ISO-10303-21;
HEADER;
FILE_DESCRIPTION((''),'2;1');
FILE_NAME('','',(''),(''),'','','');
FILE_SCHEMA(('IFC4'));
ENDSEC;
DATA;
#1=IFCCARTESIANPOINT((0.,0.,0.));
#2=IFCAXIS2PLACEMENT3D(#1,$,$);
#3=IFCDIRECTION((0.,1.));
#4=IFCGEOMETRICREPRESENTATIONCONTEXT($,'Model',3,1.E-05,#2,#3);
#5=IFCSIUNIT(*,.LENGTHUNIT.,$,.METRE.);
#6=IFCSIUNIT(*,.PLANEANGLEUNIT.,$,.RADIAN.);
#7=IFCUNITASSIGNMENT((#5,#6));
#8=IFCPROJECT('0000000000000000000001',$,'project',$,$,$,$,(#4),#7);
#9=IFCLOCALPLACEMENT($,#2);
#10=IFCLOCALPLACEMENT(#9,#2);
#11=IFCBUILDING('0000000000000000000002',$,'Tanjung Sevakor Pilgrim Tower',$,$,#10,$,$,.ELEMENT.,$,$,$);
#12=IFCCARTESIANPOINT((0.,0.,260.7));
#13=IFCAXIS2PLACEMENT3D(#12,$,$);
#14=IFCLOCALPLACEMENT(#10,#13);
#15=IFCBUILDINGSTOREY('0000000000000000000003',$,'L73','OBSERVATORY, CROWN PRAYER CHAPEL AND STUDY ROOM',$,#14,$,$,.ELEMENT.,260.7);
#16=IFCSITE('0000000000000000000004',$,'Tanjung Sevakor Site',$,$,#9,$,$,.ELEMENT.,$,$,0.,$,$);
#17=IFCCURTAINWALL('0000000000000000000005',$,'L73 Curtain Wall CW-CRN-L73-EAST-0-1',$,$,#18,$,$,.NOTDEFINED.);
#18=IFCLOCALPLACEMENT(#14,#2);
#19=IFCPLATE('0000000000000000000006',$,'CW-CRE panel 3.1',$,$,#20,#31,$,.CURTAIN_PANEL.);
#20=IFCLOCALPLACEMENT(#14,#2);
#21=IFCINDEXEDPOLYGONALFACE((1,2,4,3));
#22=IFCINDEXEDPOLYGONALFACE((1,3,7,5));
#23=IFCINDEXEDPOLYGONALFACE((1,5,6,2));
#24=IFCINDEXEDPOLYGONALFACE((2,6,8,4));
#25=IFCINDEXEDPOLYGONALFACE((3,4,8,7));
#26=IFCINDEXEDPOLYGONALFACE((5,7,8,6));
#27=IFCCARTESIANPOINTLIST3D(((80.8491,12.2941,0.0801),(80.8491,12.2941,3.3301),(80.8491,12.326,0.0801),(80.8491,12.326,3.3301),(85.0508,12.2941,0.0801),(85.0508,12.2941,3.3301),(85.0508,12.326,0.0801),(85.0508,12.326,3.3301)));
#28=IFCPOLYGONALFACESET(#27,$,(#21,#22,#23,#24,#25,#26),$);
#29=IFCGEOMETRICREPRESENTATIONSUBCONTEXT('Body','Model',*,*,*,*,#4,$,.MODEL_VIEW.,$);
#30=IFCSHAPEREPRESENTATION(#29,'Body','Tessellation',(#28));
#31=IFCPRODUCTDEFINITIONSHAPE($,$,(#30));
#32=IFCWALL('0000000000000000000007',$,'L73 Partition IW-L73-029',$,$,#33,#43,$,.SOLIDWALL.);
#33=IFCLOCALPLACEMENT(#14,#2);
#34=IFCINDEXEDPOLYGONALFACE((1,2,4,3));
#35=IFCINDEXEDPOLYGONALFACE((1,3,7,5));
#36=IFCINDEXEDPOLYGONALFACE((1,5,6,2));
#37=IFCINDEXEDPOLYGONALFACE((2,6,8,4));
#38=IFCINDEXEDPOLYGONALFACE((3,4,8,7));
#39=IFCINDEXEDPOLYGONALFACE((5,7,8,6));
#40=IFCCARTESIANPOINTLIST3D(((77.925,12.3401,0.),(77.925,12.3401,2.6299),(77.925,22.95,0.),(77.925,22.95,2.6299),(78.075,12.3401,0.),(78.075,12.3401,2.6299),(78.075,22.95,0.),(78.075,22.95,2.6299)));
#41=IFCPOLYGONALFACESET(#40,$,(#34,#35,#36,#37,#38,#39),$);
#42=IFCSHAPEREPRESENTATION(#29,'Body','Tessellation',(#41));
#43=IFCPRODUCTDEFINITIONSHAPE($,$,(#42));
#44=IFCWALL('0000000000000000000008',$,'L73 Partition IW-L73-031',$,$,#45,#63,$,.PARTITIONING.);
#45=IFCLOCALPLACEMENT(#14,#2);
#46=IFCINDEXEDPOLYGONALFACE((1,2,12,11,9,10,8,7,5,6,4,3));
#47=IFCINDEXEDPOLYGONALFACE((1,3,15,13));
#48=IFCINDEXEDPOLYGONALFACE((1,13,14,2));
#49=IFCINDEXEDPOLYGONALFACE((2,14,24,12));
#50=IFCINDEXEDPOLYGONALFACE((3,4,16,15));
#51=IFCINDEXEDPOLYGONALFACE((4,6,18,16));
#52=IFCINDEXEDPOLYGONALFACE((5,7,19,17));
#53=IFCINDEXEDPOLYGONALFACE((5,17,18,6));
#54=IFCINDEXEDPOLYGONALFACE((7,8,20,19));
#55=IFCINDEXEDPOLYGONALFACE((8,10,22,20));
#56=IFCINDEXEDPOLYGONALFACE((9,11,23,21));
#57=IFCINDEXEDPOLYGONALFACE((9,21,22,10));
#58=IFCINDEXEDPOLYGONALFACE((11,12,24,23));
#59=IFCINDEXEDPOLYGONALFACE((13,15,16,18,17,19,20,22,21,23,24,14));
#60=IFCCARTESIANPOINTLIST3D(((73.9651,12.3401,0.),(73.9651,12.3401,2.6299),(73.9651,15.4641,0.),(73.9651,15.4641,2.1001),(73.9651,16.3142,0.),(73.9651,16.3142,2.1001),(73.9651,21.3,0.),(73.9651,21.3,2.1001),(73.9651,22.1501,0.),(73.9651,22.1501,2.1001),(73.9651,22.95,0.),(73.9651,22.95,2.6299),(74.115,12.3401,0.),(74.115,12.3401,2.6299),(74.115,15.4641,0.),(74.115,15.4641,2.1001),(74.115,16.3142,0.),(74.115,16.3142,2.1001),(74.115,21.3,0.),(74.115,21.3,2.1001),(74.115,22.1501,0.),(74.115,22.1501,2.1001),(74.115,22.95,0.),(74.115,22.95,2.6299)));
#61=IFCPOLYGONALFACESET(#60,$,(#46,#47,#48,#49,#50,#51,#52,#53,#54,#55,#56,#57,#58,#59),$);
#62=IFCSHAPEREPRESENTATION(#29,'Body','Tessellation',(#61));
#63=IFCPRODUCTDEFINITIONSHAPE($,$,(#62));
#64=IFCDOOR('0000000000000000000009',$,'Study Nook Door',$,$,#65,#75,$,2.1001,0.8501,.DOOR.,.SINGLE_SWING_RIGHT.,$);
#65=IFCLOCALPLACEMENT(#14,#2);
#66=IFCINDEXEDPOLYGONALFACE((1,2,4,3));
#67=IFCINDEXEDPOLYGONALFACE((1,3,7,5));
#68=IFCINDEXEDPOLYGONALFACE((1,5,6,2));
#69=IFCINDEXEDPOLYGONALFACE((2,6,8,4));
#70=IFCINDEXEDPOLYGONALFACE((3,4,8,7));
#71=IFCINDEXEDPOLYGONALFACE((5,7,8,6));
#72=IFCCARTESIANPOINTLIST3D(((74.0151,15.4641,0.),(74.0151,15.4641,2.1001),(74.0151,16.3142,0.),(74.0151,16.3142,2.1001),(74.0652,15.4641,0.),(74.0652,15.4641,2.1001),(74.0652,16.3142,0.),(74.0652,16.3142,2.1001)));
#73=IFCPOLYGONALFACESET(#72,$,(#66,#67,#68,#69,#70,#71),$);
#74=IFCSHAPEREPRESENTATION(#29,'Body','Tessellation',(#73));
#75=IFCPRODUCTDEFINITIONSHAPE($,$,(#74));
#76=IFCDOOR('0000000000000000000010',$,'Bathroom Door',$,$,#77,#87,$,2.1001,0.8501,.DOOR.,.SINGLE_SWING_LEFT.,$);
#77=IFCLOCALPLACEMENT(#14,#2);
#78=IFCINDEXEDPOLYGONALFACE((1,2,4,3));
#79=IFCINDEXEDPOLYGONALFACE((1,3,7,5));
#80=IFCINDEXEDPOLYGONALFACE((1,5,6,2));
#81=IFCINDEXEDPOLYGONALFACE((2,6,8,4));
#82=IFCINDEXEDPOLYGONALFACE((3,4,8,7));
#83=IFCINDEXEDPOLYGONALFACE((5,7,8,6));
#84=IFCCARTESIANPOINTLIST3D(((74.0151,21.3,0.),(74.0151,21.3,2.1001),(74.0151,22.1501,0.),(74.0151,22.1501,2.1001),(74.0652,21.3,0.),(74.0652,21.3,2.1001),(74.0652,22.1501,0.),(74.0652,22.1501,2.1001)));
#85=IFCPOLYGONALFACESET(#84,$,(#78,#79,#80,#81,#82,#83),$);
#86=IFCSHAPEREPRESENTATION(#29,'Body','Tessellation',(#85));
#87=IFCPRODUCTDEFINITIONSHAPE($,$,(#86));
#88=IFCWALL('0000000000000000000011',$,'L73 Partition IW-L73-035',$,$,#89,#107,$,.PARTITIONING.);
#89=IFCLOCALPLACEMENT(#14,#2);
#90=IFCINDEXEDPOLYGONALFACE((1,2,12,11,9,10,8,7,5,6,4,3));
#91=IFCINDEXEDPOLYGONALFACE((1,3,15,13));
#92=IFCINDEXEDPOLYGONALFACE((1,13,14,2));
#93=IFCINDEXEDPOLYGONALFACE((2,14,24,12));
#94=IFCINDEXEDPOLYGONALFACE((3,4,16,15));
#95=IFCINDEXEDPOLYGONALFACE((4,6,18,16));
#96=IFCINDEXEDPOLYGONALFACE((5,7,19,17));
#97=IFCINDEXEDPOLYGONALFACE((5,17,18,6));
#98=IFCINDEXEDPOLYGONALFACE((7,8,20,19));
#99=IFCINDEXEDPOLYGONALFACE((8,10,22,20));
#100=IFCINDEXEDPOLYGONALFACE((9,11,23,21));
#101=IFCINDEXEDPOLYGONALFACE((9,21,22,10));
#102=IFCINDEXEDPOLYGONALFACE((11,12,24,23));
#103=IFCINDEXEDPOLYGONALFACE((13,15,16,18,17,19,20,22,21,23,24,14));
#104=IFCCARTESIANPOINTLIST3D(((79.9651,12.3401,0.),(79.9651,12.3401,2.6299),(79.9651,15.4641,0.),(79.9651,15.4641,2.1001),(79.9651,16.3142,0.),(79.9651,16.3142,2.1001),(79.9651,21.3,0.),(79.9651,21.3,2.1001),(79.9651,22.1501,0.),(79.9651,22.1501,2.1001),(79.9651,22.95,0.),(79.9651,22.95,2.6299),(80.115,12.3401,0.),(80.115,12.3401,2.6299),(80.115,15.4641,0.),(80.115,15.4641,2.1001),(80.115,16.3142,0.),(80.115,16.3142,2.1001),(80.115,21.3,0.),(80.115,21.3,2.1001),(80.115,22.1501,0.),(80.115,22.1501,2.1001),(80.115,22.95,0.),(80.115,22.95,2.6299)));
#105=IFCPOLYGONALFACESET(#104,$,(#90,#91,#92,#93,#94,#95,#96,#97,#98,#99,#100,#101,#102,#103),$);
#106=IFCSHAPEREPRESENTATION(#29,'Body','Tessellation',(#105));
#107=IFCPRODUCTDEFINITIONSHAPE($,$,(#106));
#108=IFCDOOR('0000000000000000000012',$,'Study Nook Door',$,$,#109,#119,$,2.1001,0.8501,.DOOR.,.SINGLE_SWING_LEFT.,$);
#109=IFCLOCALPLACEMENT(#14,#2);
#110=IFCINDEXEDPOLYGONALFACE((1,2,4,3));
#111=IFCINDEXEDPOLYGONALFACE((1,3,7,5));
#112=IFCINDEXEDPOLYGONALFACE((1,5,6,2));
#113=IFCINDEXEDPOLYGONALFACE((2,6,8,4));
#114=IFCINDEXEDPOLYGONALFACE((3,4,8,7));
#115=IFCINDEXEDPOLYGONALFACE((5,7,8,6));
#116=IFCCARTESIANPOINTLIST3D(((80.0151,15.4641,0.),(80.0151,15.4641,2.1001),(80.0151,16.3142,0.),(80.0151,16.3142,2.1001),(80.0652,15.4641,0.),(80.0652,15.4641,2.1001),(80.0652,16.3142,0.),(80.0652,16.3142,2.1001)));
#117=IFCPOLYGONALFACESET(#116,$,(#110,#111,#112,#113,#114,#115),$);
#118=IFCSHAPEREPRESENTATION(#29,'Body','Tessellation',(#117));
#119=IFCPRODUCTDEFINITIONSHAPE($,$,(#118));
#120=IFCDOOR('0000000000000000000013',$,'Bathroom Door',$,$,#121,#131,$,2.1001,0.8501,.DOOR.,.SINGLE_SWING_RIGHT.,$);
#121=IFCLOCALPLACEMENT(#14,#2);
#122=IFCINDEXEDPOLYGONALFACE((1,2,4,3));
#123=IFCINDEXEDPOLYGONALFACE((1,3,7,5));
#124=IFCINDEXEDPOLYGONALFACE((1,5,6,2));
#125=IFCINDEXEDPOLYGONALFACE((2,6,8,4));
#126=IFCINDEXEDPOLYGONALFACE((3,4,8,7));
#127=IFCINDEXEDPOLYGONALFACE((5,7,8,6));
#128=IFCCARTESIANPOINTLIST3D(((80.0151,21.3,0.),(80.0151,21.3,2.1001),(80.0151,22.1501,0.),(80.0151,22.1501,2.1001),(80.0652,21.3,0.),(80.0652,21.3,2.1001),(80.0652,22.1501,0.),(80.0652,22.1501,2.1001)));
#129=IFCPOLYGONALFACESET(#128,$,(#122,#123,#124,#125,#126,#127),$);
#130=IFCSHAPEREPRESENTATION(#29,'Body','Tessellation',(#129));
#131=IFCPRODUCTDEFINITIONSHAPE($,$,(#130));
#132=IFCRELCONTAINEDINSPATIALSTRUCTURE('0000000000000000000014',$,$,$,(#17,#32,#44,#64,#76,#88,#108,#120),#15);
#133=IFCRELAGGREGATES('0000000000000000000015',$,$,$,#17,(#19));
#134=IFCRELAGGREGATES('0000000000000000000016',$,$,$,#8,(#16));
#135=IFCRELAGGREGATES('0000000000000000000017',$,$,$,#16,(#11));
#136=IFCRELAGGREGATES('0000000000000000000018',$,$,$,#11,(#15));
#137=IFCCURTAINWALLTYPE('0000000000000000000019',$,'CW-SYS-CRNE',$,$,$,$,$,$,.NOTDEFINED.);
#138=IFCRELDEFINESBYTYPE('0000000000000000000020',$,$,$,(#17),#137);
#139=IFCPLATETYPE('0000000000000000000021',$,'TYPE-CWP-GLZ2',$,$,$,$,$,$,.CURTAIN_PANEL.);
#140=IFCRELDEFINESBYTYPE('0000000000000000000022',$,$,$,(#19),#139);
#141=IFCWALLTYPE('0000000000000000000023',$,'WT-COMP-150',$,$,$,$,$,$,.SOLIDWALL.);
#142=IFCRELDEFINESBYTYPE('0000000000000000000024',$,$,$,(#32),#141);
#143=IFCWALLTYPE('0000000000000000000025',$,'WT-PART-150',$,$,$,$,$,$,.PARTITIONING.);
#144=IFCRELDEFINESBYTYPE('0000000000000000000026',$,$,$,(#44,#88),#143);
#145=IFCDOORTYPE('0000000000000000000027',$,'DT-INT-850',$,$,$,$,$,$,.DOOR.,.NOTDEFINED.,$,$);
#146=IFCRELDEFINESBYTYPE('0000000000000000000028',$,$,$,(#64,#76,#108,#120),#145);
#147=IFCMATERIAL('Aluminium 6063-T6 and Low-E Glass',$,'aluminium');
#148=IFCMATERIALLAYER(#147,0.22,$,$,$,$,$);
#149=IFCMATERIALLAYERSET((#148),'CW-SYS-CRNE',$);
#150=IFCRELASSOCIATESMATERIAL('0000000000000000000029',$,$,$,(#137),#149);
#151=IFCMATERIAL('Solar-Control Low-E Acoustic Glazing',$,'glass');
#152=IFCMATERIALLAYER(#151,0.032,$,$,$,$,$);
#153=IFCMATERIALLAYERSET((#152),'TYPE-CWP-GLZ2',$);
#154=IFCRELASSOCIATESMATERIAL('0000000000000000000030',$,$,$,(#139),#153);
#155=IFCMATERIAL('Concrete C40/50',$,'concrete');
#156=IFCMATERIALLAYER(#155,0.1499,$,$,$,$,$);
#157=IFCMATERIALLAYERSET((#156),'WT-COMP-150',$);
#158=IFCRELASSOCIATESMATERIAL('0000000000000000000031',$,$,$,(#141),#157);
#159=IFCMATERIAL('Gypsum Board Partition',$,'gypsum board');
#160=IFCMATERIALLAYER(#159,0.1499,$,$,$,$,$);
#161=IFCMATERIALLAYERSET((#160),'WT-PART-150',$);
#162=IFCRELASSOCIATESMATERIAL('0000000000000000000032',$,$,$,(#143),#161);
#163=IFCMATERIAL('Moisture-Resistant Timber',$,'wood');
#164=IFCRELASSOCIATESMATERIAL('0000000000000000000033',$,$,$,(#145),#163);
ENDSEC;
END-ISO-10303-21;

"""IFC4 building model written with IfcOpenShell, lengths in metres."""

from ifc_helpers import new_model, si_unit, direction, frame, frame_2d, origin, origin_2d, place, context, subcontext, project, spatial, rectangle, extrude, material, layer, layer_set, type_object, element, fill, aggregate, save


model = new_model("IFC4")

# Units and contexts
model_context = context("Model", 3, precision=1e-05, world=origin(), true_north=direction((0.0, 1.0)))
body_context = subcontext(model_context, "Body", "Model", "MODEL_VIEW")
ifc_project = project(units=[si_unit("LENGTHUNIT", "METRE"), si_unit("PLANEANGLEUNIT", "RADIAN")], contexts=[model_context])

# Site, building, storey
site_placement = place(None, origin())
site = spatial("IfcSite", under=ifc_project, at=site_placement, Name="Tanjung Sevakor Site", CompositionType="ELEMENT", RefElevation=0.0)
building_placement = place(site_placement, origin())
building = spatial("IfcBuilding", under=site, at=building_placement, Name="Tanjung Sevakor Pilgrim Tower", CompositionType="ELEMENT")
storey_placement = place(building_placement, frame((0.0, 0.0, 260.7)))
storey = spatial("IfcBuildingStorey", under=building, at=storey_placement, Name="L73", Description="OBSERVATORY, CROWN PRAYER CHAPEL AND STUDY ROOM", CompositionType="ELEMENT", Elevation=260.7)

# Curtain wall, plate
ifc_material_1 = material(Name="Aluminium 6063-T6 and Low-E Glass", Category="aluminium")
ifc_layer_1 = layer(ifc_material_1, 0.22)
ifc_layer_set_1 = layer_set([ifc_layer_1], Name="CW-SYS-CRNE")
curtain_wall_type = type_object("IfcCurtainWallType", Name="CW-SYS-CRNE", PredefinedType="NOTDEFINED", material=ifc_layer_set_1)
curtain_wall_placement = place(storey_placement, origin())
curtain_wall = element("IfcCurtainWall", 1, at=curtain_wall_placement, inside=storey, type_object=curtain_wall_type, Name="L73 Curtain Wall CW-CRN-L73-EAST-0-1", PredefinedType="NOTDEFINED")
ifc_material_2 = material(Name="Solar-Control Low-E Acoustic Glazing", Category="glass")
ifc_layer_2 = layer(ifc_material_2, 0.032)
ifc_layer_set_2 = layer_set([ifc_layer_2], Name="TYPE-CWP-GLZ2")
plate_type = type_object("IfcPlateType", Name="TYPE-CWP-GLZ2", PredefinedType="CURTAIN_PANEL", material=ifc_layer_set_2)
plate_1_placement = place(storey_placement, frame((82.95, 12.3101, 0.0801), z_axis=(0.0, 0.0, 1.0), x_axis=(1.0, 0.0, 0.0)))
plate_1 = element("IfcPlate", 2, at=plate_1_placement, type_object=plate_type, Name="CW-CRE panel 3.1", PredefinedType="CURTAIN_PANEL", context=body_context, shape_type="SweptSolid", body=[
    extrude(rectangle(XDim=4.2017, YDim=0.032, at=origin_2d()), origin(), (0.0, 0.0, 1.0), 3.25),
])
aggregate(curtain_wall, [plate_1])

# Wall
ifc_material_3 = material(Name="Concrete C40/50", Category="concrete")
ifc_layer_3 = layer(ifc_material_3, 0.1499)
ifc_layer_set_3 = layer_set([ifc_layer_3], Name="WT-COMP-150")
wall_type_1 = type_object("IfcWallType", Name="WT-COMP-150", PredefinedType="SOLIDWALL", material=ifc_layer_set_3)
wall_1_placement = place(storey_placement, frame((78.0, 12.3401, 0.0), z_axis=(0.0, 0.0, 1.0), x_axis=(0.0, 1.0, 0.0)))
element("IfcWall", 3, at=wall_1_placement, inside=storey, type_object=wall_type_1, Name="L73 Partition IW-L73-029", PredefinedType="SOLIDWALL", context=body_context, shape_type="SweptSolid", body=[
    extrude(rectangle(XDim=10.6099, YDim=0.1499, at=frame_2d((5.3049, 0.0))), origin(), (0.0, 0.0, 1.0), 2.6299),
])

# Walls, openings, doors
ifc_material_4 = material(Name="Gypsum Board Partition", Category="gypsum board")
ifc_layer_4 = layer(ifc_material_4, 0.1499)
ifc_layer_set_4 = layer_set([ifc_layer_4], Name="WT-PART-150")
wall_type_2 = type_object("IfcWallType", Name="WT-PART-150", PredefinedType="PARTITIONING", material=ifc_layer_set_4)
wall_2_placement = place(storey_placement, frame((74.04, 12.3401, 0.0), z_axis=(0.0, 0.0, 1.0), x_axis=(0.0, 1.0, 0.0)))
wall_2 = element("IfcWall", 4, at=wall_2_placement, inside=storey, type_object=wall_type_2, Name="L73 Partition IW-L73-031", PredefinedType="PARTITIONING", context=body_context, shape_type="SweptSolid", body=[
    extrude(rectangle(XDim=10.6099, YDim=0.1499, at=frame_2d((5.3049, 0.0))), origin(), (0.0, 0.0, 1.0), 2.6299),
])
opening_1_placement = place(wall_2_placement, frame((3.124, 0.0, 0.0)))
opening_1 = element("IfcOpeningElement", 5, at=opening_1_placement, cuts=wall_2, PredefinedType="OPENING", context=body_context, shape_type="SweptSolid", body=[
    extrude(rectangle(XDim=0.8501, YDim=2.1001, at=frame_2d((0.425, 1.05))), frame((0.0, 0.085, 0.0), z_axis=(0.0, -1.0, 0.0), x_axis=(1.0, 0.0, 0.0)), (0.0, 0.0, 1.0), 0.1699),
])
opening_2_placement = place(wall_2_placement, frame((8.96, 0.0, 0.0)))
opening_2 = element("IfcOpeningElement", 6, at=opening_2_placement, cuts=wall_2, PredefinedType="OPENING", context=body_context, shape_type="SweptSolid", body=[
    extrude(rectangle(XDim=0.8501, YDim=2.1001, at=frame_2d((0.425, 1.05))), frame((0.0, 0.085, 0.0), z_axis=(0.0, -1.0, 0.0), x_axis=(1.0, 0.0, 0.0)), (0.0, 0.0, 1.0), 0.1699),
])
ifc_material_5 = material(Name="Moisture-Resistant Timber", Category="wood")
door_type = type_object("IfcDoorType", Name="DT-INT-850", OperationType="NOTDEFINED", PredefinedType="DOOR", material=ifc_material_5)
door_1_placement = place(opening_1_placement, origin())
door_1 = element("IfcDoor", 7, at=door_1_placement, inside=storey, type_object=door_type, Name="Study Nook Door", OperationType="SINGLE_SWING_RIGHT", OverallHeight=2.1001, OverallWidth=0.8501, PredefinedType="DOOR", context=body_context, shape_type="SweptSolid", body=[
    extrude(rectangle(XDim=0.8501, YDim=2.1001, at=frame_2d((0.425, 1.05))), frame((0.0, 0.0249, 0.0), z_axis=(0.0, -1.0, 0.0), x_axis=(1.0, 0.0, 0.0)), (0.0, 0.0, 1.0), 0.05),
])
fill(opening_1, door_1)
door_2_placement = place(opening_2_placement, origin())
door_2 = element("IfcDoor", 8, at=door_2_placement, inside=storey, type_object=door_type, Name="Bathroom Door", OperationType="SINGLE_SWING_LEFT", OverallHeight=2.1001, OverallWidth=0.8501, PredefinedType="DOOR", context=body_context, shape_type="SweptSolid", body=[
    extrude(rectangle(XDim=0.8501, YDim=2.1001, at=frame_2d((0.425, 1.05))), frame((0.0, 0.0249, 0.0), z_axis=(0.0, -1.0, 0.0), x_axis=(1.0, 0.0, 0.0)), (0.0, 0.0, 1.0), 0.05),
])
fill(opening_2, door_2)
wall_3_placement = place(storey_placement, frame((80.04, 12.3401, 0.0), z_axis=(0.0, 0.0, 1.0), x_axis=(0.0, 1.0, 0.0)))
wall_3 = element("IfcWall", 9, at=wall_3_placement, inside=storey, type_object=wall_type_2, Name="L73 Partition IW-L73-035", PredefinedType="PARTITIONING", context=body_context, shape_type="SweptSolid", body=[
    extrude(rectangle(XDim=10.6099, YDim=0.1499, at=frame_2d((5.3049, 0.0))), origin(), (0.0, 0.0, 1.0), 2.6299),
])
opening_3_placement = place(wall_3_placement, frame((3.124, 0.0, 0.0)))
opening_3 = element("IfcOpeningElement", 10, at=opening_3_placement, cuts=wall_3, PredefinedType="OPENING", context=body_context, shape_type="SweptSolid", body=[
    extrude(rectangle(XDim=0.8501, YDim=2.1001, at=frame_2d((0.425, 1.05))), frame((0.0, 0.085, 0.0), z_axis=(0.0, -1.0, 0.0), x_axis=(1.0, 0.0, 0.0)), (0.0, 0.0, 1.0), 0.1699),
])
opening_4_placement = place(wall_3_placement, frame((8.96, 0.0, 0.0)))
opening_4 = element("IfcOpeningElement", 11, at=opening_4_placement, cuts=wall_3, PredefinedType="OPENING", context=body_context, shape_type="SweptSolid", body=[
    extrude(rectangle(XDim=0.8501, YDim=2.1001, at=frame_2d((0.425, 1.05))), frame((0.0, 0.085, 0.0), z_axis=(0.0, -1.0, 0.0), x_axis=(1.0, 0.0, 0.0)), (0.0, 0.0, 1.0), 0.1699),
])
door_3_placement = place(opening_3_placement, origin())
door_3 = element("IfcDoor", 12, at=door_3_placement, inside=storey, type_object=door_type, Name="Study Nook Door", OperationType="SINGLE_SWING_LEFT", OverallHeight=2.1001, OverallWidth=0.8501, PredefinedType="DOOR", context=body_context, shape_type="SweptSolid", body=[
    extrude(rectangle(XDim=0.8501, YDim=2.1001, at=frame_2d((0.425, 1.05))), frame((0.0, 0.0249, 0.0), z_axis=(0.0, -1.0, 0.0), x_axis=(1.0, 0.0, 0.0)), (0.0, 0.0, 1.0), 0.05),
])
fill(opening_3, door_3)
door_4_placement = place(opening_4_placement, origin())
door_4 = element("IfcDoor", 13, at=door_4_placement, inside=storey, type_object=door_type, Name="Bathroom Door", OperationType="SINGLE_SWING_RIGHT", OverallHeight=2.1001, OverallWidth=0.8501, PredefinedType="DOOR", context=body_context, shape_type="SweptSolid", body=[
    extrude(rectangle(XDim=0.8501, YDim=2.1001, at=frame_2d((0.425, 1.05))), frame((0.0, 0.0249, 0.0), z_axis=(0.0, -1.0, 0.0), x_axis=(1.0, 0.0, 0.0)), (0.0, 0.0, 1.0), 0.05),
])
fill(opening_4, door_4)

save(model, "model.ifc")
